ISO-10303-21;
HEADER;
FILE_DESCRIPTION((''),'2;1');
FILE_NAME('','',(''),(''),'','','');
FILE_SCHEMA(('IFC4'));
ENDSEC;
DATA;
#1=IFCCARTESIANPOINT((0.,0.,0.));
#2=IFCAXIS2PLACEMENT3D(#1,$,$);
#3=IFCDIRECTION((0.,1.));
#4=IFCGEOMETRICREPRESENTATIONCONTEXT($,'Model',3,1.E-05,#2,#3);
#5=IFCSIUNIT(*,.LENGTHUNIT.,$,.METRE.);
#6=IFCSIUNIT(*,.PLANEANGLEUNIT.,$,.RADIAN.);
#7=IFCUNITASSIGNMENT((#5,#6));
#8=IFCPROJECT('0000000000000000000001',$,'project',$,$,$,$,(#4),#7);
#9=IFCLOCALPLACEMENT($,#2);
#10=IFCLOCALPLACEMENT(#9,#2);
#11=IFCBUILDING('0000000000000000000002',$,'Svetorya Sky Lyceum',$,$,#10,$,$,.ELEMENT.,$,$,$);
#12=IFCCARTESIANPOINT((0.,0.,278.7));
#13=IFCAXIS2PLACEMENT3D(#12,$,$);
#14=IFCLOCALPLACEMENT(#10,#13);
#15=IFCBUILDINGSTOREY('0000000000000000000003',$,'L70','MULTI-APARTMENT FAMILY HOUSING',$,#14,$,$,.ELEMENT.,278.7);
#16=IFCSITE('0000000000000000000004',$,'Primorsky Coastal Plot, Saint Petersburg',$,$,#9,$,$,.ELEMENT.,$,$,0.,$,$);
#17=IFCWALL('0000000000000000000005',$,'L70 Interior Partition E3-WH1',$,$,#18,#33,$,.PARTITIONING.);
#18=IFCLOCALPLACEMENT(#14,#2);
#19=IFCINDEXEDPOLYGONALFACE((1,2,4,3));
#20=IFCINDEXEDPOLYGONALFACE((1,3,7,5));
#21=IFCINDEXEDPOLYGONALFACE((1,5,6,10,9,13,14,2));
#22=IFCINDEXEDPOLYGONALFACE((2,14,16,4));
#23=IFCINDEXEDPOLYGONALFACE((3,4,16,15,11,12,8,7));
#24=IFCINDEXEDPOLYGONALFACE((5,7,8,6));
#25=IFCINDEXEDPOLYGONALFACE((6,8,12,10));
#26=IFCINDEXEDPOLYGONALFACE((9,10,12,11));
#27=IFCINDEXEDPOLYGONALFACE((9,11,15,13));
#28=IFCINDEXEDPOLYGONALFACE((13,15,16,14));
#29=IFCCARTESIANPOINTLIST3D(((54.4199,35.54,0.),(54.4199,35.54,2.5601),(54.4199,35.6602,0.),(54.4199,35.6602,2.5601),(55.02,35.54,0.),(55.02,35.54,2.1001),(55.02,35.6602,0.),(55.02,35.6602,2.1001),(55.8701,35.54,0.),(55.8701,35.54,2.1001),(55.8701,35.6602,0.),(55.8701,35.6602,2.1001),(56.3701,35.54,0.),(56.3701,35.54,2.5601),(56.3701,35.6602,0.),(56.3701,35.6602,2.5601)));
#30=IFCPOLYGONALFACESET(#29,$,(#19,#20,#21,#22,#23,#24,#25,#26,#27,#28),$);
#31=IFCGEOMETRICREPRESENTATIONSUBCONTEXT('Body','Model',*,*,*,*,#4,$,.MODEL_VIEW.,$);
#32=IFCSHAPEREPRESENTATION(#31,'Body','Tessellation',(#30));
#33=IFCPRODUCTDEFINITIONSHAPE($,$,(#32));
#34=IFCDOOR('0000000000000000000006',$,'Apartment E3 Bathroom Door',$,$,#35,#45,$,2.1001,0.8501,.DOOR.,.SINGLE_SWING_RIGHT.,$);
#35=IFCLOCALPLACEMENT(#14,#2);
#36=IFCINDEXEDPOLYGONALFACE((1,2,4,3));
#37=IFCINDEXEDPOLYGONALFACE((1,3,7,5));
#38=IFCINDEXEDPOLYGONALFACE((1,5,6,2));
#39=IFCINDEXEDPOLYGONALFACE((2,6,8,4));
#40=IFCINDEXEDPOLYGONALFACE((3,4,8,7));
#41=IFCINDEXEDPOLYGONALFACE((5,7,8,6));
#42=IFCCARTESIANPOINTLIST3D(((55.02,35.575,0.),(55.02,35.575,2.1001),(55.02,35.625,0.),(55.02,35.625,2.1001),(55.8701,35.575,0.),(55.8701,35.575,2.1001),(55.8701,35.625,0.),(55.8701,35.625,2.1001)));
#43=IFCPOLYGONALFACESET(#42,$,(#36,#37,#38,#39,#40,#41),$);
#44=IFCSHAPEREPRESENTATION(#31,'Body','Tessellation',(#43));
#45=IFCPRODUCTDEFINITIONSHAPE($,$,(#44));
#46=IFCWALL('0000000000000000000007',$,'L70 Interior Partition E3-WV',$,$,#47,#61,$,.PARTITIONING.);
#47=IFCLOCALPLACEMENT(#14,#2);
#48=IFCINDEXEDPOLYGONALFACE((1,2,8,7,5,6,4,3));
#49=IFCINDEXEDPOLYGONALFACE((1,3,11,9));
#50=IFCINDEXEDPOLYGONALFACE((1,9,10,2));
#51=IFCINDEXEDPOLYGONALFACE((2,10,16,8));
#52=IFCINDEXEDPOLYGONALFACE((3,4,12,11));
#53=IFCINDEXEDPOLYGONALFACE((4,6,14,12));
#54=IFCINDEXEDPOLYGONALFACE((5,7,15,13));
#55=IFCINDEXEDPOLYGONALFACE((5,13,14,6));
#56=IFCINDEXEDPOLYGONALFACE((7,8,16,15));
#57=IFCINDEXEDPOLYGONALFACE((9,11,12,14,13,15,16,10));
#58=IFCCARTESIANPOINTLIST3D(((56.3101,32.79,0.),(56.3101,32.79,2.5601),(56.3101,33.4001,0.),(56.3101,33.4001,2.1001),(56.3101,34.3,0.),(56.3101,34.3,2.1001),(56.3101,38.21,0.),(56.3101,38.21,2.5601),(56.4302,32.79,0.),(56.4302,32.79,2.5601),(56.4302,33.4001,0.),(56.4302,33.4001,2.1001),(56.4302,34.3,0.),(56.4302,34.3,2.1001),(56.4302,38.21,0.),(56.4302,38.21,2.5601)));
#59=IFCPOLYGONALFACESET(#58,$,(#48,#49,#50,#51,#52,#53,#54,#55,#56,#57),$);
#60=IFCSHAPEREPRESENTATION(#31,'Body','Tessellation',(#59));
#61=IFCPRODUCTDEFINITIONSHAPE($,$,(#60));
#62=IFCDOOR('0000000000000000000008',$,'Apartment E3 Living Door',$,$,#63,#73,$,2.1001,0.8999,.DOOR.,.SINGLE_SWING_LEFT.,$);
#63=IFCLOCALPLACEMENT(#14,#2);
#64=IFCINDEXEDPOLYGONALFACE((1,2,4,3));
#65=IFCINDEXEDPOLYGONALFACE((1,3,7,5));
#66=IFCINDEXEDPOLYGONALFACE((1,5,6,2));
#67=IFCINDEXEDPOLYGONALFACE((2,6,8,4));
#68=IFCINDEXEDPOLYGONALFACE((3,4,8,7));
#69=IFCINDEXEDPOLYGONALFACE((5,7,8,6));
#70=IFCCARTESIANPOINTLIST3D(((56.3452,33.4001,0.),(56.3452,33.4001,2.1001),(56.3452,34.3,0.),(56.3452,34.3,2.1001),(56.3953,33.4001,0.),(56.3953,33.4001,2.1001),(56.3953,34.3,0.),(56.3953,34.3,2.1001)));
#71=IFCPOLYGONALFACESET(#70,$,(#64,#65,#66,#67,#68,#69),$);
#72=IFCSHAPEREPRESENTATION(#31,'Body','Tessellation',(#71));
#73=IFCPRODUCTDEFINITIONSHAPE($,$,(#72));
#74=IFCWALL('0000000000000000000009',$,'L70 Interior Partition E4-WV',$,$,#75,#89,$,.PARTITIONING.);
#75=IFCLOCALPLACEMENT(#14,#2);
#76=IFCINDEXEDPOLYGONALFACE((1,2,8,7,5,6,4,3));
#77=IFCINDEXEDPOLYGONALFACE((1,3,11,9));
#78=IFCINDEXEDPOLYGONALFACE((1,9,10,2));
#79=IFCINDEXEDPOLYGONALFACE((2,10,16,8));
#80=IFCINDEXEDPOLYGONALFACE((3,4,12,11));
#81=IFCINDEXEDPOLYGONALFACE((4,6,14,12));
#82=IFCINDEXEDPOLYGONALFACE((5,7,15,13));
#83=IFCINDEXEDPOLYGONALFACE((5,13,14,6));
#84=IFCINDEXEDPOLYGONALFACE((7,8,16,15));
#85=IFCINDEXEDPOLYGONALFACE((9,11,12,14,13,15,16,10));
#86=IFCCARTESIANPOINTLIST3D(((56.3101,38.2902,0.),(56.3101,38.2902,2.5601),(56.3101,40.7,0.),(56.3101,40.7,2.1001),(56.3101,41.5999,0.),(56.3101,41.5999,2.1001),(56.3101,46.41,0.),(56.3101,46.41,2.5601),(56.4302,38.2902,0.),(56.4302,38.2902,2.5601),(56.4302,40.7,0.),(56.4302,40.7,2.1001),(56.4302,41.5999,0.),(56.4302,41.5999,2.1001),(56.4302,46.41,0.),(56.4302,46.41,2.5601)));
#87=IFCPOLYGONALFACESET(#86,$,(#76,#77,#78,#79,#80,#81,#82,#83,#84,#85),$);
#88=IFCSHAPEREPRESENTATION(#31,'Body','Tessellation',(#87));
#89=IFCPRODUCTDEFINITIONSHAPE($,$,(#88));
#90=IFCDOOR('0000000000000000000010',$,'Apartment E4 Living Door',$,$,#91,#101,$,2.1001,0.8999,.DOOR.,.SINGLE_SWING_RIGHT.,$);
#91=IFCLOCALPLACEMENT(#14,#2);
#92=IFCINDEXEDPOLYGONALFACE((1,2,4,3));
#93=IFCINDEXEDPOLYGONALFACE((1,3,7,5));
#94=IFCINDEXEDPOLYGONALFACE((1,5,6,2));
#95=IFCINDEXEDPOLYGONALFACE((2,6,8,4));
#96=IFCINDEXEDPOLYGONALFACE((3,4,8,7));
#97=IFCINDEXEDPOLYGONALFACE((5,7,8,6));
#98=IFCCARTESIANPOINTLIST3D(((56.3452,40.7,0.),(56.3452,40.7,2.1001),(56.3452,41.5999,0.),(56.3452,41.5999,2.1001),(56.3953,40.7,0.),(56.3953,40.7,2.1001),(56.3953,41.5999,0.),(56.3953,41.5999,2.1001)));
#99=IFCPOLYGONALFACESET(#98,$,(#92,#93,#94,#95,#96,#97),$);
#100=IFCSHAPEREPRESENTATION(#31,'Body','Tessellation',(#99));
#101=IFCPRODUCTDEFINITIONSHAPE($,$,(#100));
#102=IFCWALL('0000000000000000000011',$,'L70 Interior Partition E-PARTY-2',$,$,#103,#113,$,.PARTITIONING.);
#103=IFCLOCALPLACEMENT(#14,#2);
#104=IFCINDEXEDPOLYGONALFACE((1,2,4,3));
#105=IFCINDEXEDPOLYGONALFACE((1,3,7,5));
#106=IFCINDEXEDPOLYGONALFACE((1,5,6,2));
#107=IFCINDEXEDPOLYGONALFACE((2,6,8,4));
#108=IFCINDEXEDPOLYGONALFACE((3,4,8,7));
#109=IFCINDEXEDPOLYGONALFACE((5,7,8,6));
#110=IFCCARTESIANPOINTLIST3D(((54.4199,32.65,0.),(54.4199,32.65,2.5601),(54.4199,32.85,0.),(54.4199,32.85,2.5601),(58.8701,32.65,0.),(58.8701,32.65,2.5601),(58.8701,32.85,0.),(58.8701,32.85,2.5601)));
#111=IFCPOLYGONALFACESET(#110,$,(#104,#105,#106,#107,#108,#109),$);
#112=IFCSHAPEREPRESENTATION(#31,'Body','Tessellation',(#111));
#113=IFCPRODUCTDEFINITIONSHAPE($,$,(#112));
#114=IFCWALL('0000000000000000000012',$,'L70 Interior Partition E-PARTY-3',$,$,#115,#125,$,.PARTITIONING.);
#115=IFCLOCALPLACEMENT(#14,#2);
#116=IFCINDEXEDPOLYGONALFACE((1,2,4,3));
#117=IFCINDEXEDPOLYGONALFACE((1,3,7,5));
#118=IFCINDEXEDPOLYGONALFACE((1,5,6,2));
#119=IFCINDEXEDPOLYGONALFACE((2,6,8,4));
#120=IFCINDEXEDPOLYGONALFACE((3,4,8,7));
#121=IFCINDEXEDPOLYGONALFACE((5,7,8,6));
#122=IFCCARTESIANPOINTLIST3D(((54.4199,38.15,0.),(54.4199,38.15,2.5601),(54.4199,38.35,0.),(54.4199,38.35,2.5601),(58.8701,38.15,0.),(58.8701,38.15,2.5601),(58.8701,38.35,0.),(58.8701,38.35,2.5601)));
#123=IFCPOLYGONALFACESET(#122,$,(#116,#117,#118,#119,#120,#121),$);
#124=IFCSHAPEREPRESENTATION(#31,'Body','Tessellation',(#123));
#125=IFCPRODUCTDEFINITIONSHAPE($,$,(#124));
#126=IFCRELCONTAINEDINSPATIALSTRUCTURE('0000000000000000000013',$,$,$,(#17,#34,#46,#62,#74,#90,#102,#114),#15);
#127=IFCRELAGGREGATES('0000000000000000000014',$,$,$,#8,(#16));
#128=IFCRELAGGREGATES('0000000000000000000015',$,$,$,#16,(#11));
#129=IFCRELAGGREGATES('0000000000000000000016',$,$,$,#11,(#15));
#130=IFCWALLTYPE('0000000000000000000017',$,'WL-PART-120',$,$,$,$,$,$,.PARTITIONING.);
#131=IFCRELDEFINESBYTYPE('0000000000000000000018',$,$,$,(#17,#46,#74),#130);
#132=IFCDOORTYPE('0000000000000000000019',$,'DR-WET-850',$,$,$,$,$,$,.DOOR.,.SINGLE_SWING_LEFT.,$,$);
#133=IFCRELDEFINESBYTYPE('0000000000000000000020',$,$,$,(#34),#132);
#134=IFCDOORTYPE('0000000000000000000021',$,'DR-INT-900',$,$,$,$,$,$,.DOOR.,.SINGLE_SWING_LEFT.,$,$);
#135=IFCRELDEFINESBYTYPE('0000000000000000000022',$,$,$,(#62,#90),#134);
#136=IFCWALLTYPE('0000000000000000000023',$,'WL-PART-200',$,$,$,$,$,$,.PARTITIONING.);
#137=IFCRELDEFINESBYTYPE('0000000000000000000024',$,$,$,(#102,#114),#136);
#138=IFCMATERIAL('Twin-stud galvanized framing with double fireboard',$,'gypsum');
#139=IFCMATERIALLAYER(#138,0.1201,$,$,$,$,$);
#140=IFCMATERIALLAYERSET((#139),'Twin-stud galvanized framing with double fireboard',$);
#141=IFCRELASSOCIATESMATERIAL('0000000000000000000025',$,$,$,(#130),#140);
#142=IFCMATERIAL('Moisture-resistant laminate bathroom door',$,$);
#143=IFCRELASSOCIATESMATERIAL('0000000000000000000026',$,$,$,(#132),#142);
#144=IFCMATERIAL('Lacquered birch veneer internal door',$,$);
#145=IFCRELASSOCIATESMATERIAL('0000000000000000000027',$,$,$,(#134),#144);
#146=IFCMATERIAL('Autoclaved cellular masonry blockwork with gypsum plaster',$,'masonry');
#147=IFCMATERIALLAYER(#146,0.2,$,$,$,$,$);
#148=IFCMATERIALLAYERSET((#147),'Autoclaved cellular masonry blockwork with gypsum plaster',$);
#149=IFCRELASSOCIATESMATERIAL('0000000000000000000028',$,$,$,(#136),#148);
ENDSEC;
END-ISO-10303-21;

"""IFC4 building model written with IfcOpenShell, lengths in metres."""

from ifc_helpers import new_model, si_unit, direction, frame, frame_2d, origin, place, context, subcontext, project, spatial, rectangle, extrude, material, layer, layer_set, type_object, element, fill, save


model = new_model("IFC4")

# Units and contexts
model_context = context("Model", 3, precision=1e-05, world=origin(), true_north=direction((0.0, 1.0)))
body_context = subcontext(model_context, "Body", "Model", "MODEL_VIEW")
ifc_project = project(units=[si_unit("LENGTHUNIT", "METRE"), si_unit("PLANEANGLEUNIT", "RADIAN")], contexts=[model_context])

# Site, building, storey
site_placement = place(None, origin())
site = spatial("IfcSite", under=ifc_project, at=site_placement, Name="Primorsky Coastal Plot, Saint Petersburg", CompositionType="ELEMENT", RefElevation=0.0)
building_placement = place(site_placement, origin())
building = spatial("IfcBuilding", under=site, at=building_placement, Name="Svetorya Sky Lyceum", CompositionType="ELEMENT")
storey_placement = place(building_placement, frame((0.0, 0.0, 278.7)))
storey = spatial("IfcBuildingStorey", under=building, at=storey_placement, Name="L70", Description="MULTI-APARTMENT FAMILY HOUSING", CompositionType="ELEMENT", Elevation=278.7)

# Shared definitions
ifc_material_1 = material(Name="Twin-stud galvanized framing with double fireboard", Category="gypsum")
ifc_layer_1 = layer(ifc_material_1, 0.1201)
ifc_layer_set_1 = layer_set([ifc_layer_1], Name="Twin-stud galvanized framing with double fireboard")
wall_type_1 = type_object("IfcWallType", Name="WL-PART-120", PredefinedType="PARTITIONING", material=ifc_layer_set_1)

# Walls, openings, doors
wall_1_placement = place(storey_placement, frame((54.4199, 35.6001, 0.0), z_axis=(0.0, 0.0, 1.0), x_axis=(1.0, 0.0, 0.0)))
wall_1 = element("IfcWall", 1, at=wall_1_placement, inside=storey, type_object=wall_type_1, Name="L70 Interior Partition E3-WH1", PredefinedType="PARTITIONING", context=body_context, shape_type="SweptSolid", body=[
    extrude(rectangle(XDim=1.9502, YDim=0.1201, at=frame_2d((0.9751, 0.0))), origin(), (0.0, 0.0, 1.0), 2.5601),
])
opening_1_placement = place(wall_1_placement, frame((0.6001, 0.0, 0.0)))
opening_1 = element("IfcOpeningElement", 2, at=opening_1_placement, cuts=wall_1, PredefinedType="OPENING", context=body_context, shape_type="SweptSolid", body=[
    extrude(rectangle(XDim=0.8501, YDim=2.1001, at=frame_2d((0.425, 1.05))), frame((0.0, 0.0701, 0.0), z_axis=(0.0, -1.0, 0.0), x_axis=(1.0, 0.0, 0.0)), (0.0, 0.0, 1.0), 0.1401),
])
ifc_material_2 = material(Name="Moisture-resistant laminate bathroom door")
door_type_1 = type_object("IfcDoorType", Name="DR-WET-850", OperationType="SINGLE_SWING_LEFT", PredefinedType="DOOR", material=ifc_material_2)
door_1_placement = place(opening_1_placement, origin())
door_1 = element("IfcDoor", 3, at=door_1_placement, inside=storey, type_object=door_type_1, Name="Apartment E3 Bathroom Door", OperationType="SINGLE_SWING_RIGHT", OverallHeight=2.1001, OverallWidth=0.8501, PredefinedType="DOOR", context=body_context, shape_type="SweptSolid", body=[
    extrude(rectangle(XDim=0.8501, YDim=2.1001, at=frame_2d((0.425, 1.05))), frame((0.0, 0.0249, 0.0), z_axis=(0.0, -1.0, 0.0), x_axis=(1.0, 0.0, 0.0)), (0.0, 0.0, 1.0), 0.05),
])
fill(opening_1, door_1)
wall_2_placement = place(storey_placement, frame((56.3701, 32.79, 0.0), z_axis=(0.0, 0.0, 1.0), x_axis=(0.0, 1.0, 0.0)))
wall_2 = element("IfcWall", 4, at=wall_2_placement, inside=storey, type_object=wall_type_1, Name="L70 Interior Partition E3-WV", PredefinedType="PARTITIONING", context=body_context, shape_type="SweptSolid", body=[
    extrude(rectangle(XDim=5.4199, YDim=0.1201, at=frame_2d((2.71, 0.0))), origin(), (0.0, 0.0, 1.0), 2.5601),
])
opening_2_placement = place(wall_2_placement, frame((0.6101, 0.0, 0.0)))
opening_2 = element("IfcOpeningElement", 5, at=opening_2_placement, cuts=wall_2, PredefinedType="OPENING", context=body_context, shape_type="SweptSolid", body=[
    extrude(rectangle(XDim=0.8999, YDim=2.1001, at=frame_2d((0.45, 1.05))), frame((0.0, 0.0701, 0.0), z_axis=(0.0, -1.0, 0.0), x_axis=(1.0, 0.0, 0.0)), (0.0, 0.0, 1.0), 0.1401),
])
ifc_material_3 = material(Name="Lacquered birch veneer internal door")
door_type_2 = type_object("IfcDoorType", Name="DR-INT-900", OperationType="SINGLE_SWING_LEFT", PredefinedType="DOOR", material=ifc_material_3)
door_2_placement = place(opening_2_placement, origin())
door_2 = element("IfcDoor", 6, at=door_2_placement, inside=storey, type_object=door_type_2, Name="Apartment E3 Living Door", OperationType="SINGLE_SWING_LEFT", OverallHeight=2.1001, OverallWidth=0.8999, PredefinedType="DOOR", context=body_context, shape_type="SweptSolid", body=[
    extrude(rectangle(XDim=0.8999, YDim=2.1001, at=frame_2d((0.45, 1.05))), frame((0.0, 0.0249, 0.0), z_axis=(0.0, -1.0, 0.0), x_axis=(1.0, 0.0, 0.0)), (0.0, 0.0, 1.0), 0.05),
])
fill(opening_2, door_2)
wall_3_placement = place(storey_placement, frame((56.3701, 38.29, 0.0), z_axis=(0.0, 0.0, 1.0), x_axis=(0.0, 1.0, 0.0)))
wall_3 = element("IfcWall", 7, at=wall_3_placement, inside=storey, type_object=wall_type_1, Name="L70 Interior Partition E4-WV", PredefinedType="PARTITIONING", context=body_context, shape_type="SweptSolid", body=[
    extrude(rectangle(XDim=8.1199, YDim=0.1201, at=frame_2d((4.0601, 0.0))), origin(), (0.0, 0.0, 1.0), 2.5601),
])
opening_3_placement = place(wall_3_placement, frame((2.4099, 0.0, 0.0)))
opening_3 = element("IfcOpeningElement", 8, at=opening_3_placement, cuts=wall_3, PredefinedType="OPENING", context=body_context, shape_type="SweptSolid", body=[
    extrude(rectangle(XDim=0.8999, YDim=2.1001, at=frame_2d((0.45, 1.05))), frame((0.0, 0.0701, 0.0), z_axis=(0.0, -1.0, 0.0), x_axis=(1.0, 0.0, 0.0)), (0.0, 0.0, 1.0), 0.1401),
])
door_3_placement = place(opening_3_placement, origin())
door_3 = element("IfcDoor", 9, at=door_3_placement, inside=storey, type_object=door_type_2, Name="Apartment E4 Living Door", OperationType="SINGLE_SWING_RIGHT", OverallHeight=2.1001, OverallWidth=0.8999, PredefinedType="DOOR", context=body_context, shape_type="SweptSolid", body=[
    extrude(rectangle(XDim=0.8999, YDim=2.1001, at=frame_2d((0.45, 1.05))), frame((0.0, 0.0249, 0.0), z_axis=(0.0, -1.0, 0.0), x_axis=(1.0, 0.0, 0.0)), (0.0, 0.0, 1.0), 0.05),
])
fill(opening_3, door_3)

# Walls
ifc_material_4 = material(Name="Autoclaved cellular masonry blockwork with gypsum plaster", Category="masonry")
ifc_layer_2 = layer(ifc_material_4, 0.2)
ifc_layer_set_2 = layer_set([ifc_layer_2], Name="Autoclaved cellular masonry blockwork with gypsum plaster")
wall_type_2 = type_object("IfcWallType", Name="WL-PART-200", PredefinedType="PARTITIONING", material=ifc_layer_set_2)
for number, where, z_axis, x_axis, name in (
    (10, (54.4199, 32.75, 0.0), (0.0, 0.0, 1.0), (1.0, 0.0, 0.0), "L70 Interior Partition E-PARTY-2"),
    (11, (54.4199, 38.25, 0.0), (0.0, 0.0, 1.0), (1.0, 0.0, 0.0), "L70 Interior Partition E-PARTY-3"),
):
    element("IfcWall", number, at=place(storey_placement, frame(where, z_axis=z_axis, x_axis=x_axis)), inside=storey, type_object=wall_type_2, Name=name, PredefinedType="PARTITIONING", context=body_context, shape_type="SweptSolid", body=[
        extrude(rectangle(XDim=4.4502, YDim=0.2, at=frame_2d((2.2251, 0.0))), origin(), (0.0, 0.0, 1.0), 2.5601),
    ])

save(model, "model.ifc")
